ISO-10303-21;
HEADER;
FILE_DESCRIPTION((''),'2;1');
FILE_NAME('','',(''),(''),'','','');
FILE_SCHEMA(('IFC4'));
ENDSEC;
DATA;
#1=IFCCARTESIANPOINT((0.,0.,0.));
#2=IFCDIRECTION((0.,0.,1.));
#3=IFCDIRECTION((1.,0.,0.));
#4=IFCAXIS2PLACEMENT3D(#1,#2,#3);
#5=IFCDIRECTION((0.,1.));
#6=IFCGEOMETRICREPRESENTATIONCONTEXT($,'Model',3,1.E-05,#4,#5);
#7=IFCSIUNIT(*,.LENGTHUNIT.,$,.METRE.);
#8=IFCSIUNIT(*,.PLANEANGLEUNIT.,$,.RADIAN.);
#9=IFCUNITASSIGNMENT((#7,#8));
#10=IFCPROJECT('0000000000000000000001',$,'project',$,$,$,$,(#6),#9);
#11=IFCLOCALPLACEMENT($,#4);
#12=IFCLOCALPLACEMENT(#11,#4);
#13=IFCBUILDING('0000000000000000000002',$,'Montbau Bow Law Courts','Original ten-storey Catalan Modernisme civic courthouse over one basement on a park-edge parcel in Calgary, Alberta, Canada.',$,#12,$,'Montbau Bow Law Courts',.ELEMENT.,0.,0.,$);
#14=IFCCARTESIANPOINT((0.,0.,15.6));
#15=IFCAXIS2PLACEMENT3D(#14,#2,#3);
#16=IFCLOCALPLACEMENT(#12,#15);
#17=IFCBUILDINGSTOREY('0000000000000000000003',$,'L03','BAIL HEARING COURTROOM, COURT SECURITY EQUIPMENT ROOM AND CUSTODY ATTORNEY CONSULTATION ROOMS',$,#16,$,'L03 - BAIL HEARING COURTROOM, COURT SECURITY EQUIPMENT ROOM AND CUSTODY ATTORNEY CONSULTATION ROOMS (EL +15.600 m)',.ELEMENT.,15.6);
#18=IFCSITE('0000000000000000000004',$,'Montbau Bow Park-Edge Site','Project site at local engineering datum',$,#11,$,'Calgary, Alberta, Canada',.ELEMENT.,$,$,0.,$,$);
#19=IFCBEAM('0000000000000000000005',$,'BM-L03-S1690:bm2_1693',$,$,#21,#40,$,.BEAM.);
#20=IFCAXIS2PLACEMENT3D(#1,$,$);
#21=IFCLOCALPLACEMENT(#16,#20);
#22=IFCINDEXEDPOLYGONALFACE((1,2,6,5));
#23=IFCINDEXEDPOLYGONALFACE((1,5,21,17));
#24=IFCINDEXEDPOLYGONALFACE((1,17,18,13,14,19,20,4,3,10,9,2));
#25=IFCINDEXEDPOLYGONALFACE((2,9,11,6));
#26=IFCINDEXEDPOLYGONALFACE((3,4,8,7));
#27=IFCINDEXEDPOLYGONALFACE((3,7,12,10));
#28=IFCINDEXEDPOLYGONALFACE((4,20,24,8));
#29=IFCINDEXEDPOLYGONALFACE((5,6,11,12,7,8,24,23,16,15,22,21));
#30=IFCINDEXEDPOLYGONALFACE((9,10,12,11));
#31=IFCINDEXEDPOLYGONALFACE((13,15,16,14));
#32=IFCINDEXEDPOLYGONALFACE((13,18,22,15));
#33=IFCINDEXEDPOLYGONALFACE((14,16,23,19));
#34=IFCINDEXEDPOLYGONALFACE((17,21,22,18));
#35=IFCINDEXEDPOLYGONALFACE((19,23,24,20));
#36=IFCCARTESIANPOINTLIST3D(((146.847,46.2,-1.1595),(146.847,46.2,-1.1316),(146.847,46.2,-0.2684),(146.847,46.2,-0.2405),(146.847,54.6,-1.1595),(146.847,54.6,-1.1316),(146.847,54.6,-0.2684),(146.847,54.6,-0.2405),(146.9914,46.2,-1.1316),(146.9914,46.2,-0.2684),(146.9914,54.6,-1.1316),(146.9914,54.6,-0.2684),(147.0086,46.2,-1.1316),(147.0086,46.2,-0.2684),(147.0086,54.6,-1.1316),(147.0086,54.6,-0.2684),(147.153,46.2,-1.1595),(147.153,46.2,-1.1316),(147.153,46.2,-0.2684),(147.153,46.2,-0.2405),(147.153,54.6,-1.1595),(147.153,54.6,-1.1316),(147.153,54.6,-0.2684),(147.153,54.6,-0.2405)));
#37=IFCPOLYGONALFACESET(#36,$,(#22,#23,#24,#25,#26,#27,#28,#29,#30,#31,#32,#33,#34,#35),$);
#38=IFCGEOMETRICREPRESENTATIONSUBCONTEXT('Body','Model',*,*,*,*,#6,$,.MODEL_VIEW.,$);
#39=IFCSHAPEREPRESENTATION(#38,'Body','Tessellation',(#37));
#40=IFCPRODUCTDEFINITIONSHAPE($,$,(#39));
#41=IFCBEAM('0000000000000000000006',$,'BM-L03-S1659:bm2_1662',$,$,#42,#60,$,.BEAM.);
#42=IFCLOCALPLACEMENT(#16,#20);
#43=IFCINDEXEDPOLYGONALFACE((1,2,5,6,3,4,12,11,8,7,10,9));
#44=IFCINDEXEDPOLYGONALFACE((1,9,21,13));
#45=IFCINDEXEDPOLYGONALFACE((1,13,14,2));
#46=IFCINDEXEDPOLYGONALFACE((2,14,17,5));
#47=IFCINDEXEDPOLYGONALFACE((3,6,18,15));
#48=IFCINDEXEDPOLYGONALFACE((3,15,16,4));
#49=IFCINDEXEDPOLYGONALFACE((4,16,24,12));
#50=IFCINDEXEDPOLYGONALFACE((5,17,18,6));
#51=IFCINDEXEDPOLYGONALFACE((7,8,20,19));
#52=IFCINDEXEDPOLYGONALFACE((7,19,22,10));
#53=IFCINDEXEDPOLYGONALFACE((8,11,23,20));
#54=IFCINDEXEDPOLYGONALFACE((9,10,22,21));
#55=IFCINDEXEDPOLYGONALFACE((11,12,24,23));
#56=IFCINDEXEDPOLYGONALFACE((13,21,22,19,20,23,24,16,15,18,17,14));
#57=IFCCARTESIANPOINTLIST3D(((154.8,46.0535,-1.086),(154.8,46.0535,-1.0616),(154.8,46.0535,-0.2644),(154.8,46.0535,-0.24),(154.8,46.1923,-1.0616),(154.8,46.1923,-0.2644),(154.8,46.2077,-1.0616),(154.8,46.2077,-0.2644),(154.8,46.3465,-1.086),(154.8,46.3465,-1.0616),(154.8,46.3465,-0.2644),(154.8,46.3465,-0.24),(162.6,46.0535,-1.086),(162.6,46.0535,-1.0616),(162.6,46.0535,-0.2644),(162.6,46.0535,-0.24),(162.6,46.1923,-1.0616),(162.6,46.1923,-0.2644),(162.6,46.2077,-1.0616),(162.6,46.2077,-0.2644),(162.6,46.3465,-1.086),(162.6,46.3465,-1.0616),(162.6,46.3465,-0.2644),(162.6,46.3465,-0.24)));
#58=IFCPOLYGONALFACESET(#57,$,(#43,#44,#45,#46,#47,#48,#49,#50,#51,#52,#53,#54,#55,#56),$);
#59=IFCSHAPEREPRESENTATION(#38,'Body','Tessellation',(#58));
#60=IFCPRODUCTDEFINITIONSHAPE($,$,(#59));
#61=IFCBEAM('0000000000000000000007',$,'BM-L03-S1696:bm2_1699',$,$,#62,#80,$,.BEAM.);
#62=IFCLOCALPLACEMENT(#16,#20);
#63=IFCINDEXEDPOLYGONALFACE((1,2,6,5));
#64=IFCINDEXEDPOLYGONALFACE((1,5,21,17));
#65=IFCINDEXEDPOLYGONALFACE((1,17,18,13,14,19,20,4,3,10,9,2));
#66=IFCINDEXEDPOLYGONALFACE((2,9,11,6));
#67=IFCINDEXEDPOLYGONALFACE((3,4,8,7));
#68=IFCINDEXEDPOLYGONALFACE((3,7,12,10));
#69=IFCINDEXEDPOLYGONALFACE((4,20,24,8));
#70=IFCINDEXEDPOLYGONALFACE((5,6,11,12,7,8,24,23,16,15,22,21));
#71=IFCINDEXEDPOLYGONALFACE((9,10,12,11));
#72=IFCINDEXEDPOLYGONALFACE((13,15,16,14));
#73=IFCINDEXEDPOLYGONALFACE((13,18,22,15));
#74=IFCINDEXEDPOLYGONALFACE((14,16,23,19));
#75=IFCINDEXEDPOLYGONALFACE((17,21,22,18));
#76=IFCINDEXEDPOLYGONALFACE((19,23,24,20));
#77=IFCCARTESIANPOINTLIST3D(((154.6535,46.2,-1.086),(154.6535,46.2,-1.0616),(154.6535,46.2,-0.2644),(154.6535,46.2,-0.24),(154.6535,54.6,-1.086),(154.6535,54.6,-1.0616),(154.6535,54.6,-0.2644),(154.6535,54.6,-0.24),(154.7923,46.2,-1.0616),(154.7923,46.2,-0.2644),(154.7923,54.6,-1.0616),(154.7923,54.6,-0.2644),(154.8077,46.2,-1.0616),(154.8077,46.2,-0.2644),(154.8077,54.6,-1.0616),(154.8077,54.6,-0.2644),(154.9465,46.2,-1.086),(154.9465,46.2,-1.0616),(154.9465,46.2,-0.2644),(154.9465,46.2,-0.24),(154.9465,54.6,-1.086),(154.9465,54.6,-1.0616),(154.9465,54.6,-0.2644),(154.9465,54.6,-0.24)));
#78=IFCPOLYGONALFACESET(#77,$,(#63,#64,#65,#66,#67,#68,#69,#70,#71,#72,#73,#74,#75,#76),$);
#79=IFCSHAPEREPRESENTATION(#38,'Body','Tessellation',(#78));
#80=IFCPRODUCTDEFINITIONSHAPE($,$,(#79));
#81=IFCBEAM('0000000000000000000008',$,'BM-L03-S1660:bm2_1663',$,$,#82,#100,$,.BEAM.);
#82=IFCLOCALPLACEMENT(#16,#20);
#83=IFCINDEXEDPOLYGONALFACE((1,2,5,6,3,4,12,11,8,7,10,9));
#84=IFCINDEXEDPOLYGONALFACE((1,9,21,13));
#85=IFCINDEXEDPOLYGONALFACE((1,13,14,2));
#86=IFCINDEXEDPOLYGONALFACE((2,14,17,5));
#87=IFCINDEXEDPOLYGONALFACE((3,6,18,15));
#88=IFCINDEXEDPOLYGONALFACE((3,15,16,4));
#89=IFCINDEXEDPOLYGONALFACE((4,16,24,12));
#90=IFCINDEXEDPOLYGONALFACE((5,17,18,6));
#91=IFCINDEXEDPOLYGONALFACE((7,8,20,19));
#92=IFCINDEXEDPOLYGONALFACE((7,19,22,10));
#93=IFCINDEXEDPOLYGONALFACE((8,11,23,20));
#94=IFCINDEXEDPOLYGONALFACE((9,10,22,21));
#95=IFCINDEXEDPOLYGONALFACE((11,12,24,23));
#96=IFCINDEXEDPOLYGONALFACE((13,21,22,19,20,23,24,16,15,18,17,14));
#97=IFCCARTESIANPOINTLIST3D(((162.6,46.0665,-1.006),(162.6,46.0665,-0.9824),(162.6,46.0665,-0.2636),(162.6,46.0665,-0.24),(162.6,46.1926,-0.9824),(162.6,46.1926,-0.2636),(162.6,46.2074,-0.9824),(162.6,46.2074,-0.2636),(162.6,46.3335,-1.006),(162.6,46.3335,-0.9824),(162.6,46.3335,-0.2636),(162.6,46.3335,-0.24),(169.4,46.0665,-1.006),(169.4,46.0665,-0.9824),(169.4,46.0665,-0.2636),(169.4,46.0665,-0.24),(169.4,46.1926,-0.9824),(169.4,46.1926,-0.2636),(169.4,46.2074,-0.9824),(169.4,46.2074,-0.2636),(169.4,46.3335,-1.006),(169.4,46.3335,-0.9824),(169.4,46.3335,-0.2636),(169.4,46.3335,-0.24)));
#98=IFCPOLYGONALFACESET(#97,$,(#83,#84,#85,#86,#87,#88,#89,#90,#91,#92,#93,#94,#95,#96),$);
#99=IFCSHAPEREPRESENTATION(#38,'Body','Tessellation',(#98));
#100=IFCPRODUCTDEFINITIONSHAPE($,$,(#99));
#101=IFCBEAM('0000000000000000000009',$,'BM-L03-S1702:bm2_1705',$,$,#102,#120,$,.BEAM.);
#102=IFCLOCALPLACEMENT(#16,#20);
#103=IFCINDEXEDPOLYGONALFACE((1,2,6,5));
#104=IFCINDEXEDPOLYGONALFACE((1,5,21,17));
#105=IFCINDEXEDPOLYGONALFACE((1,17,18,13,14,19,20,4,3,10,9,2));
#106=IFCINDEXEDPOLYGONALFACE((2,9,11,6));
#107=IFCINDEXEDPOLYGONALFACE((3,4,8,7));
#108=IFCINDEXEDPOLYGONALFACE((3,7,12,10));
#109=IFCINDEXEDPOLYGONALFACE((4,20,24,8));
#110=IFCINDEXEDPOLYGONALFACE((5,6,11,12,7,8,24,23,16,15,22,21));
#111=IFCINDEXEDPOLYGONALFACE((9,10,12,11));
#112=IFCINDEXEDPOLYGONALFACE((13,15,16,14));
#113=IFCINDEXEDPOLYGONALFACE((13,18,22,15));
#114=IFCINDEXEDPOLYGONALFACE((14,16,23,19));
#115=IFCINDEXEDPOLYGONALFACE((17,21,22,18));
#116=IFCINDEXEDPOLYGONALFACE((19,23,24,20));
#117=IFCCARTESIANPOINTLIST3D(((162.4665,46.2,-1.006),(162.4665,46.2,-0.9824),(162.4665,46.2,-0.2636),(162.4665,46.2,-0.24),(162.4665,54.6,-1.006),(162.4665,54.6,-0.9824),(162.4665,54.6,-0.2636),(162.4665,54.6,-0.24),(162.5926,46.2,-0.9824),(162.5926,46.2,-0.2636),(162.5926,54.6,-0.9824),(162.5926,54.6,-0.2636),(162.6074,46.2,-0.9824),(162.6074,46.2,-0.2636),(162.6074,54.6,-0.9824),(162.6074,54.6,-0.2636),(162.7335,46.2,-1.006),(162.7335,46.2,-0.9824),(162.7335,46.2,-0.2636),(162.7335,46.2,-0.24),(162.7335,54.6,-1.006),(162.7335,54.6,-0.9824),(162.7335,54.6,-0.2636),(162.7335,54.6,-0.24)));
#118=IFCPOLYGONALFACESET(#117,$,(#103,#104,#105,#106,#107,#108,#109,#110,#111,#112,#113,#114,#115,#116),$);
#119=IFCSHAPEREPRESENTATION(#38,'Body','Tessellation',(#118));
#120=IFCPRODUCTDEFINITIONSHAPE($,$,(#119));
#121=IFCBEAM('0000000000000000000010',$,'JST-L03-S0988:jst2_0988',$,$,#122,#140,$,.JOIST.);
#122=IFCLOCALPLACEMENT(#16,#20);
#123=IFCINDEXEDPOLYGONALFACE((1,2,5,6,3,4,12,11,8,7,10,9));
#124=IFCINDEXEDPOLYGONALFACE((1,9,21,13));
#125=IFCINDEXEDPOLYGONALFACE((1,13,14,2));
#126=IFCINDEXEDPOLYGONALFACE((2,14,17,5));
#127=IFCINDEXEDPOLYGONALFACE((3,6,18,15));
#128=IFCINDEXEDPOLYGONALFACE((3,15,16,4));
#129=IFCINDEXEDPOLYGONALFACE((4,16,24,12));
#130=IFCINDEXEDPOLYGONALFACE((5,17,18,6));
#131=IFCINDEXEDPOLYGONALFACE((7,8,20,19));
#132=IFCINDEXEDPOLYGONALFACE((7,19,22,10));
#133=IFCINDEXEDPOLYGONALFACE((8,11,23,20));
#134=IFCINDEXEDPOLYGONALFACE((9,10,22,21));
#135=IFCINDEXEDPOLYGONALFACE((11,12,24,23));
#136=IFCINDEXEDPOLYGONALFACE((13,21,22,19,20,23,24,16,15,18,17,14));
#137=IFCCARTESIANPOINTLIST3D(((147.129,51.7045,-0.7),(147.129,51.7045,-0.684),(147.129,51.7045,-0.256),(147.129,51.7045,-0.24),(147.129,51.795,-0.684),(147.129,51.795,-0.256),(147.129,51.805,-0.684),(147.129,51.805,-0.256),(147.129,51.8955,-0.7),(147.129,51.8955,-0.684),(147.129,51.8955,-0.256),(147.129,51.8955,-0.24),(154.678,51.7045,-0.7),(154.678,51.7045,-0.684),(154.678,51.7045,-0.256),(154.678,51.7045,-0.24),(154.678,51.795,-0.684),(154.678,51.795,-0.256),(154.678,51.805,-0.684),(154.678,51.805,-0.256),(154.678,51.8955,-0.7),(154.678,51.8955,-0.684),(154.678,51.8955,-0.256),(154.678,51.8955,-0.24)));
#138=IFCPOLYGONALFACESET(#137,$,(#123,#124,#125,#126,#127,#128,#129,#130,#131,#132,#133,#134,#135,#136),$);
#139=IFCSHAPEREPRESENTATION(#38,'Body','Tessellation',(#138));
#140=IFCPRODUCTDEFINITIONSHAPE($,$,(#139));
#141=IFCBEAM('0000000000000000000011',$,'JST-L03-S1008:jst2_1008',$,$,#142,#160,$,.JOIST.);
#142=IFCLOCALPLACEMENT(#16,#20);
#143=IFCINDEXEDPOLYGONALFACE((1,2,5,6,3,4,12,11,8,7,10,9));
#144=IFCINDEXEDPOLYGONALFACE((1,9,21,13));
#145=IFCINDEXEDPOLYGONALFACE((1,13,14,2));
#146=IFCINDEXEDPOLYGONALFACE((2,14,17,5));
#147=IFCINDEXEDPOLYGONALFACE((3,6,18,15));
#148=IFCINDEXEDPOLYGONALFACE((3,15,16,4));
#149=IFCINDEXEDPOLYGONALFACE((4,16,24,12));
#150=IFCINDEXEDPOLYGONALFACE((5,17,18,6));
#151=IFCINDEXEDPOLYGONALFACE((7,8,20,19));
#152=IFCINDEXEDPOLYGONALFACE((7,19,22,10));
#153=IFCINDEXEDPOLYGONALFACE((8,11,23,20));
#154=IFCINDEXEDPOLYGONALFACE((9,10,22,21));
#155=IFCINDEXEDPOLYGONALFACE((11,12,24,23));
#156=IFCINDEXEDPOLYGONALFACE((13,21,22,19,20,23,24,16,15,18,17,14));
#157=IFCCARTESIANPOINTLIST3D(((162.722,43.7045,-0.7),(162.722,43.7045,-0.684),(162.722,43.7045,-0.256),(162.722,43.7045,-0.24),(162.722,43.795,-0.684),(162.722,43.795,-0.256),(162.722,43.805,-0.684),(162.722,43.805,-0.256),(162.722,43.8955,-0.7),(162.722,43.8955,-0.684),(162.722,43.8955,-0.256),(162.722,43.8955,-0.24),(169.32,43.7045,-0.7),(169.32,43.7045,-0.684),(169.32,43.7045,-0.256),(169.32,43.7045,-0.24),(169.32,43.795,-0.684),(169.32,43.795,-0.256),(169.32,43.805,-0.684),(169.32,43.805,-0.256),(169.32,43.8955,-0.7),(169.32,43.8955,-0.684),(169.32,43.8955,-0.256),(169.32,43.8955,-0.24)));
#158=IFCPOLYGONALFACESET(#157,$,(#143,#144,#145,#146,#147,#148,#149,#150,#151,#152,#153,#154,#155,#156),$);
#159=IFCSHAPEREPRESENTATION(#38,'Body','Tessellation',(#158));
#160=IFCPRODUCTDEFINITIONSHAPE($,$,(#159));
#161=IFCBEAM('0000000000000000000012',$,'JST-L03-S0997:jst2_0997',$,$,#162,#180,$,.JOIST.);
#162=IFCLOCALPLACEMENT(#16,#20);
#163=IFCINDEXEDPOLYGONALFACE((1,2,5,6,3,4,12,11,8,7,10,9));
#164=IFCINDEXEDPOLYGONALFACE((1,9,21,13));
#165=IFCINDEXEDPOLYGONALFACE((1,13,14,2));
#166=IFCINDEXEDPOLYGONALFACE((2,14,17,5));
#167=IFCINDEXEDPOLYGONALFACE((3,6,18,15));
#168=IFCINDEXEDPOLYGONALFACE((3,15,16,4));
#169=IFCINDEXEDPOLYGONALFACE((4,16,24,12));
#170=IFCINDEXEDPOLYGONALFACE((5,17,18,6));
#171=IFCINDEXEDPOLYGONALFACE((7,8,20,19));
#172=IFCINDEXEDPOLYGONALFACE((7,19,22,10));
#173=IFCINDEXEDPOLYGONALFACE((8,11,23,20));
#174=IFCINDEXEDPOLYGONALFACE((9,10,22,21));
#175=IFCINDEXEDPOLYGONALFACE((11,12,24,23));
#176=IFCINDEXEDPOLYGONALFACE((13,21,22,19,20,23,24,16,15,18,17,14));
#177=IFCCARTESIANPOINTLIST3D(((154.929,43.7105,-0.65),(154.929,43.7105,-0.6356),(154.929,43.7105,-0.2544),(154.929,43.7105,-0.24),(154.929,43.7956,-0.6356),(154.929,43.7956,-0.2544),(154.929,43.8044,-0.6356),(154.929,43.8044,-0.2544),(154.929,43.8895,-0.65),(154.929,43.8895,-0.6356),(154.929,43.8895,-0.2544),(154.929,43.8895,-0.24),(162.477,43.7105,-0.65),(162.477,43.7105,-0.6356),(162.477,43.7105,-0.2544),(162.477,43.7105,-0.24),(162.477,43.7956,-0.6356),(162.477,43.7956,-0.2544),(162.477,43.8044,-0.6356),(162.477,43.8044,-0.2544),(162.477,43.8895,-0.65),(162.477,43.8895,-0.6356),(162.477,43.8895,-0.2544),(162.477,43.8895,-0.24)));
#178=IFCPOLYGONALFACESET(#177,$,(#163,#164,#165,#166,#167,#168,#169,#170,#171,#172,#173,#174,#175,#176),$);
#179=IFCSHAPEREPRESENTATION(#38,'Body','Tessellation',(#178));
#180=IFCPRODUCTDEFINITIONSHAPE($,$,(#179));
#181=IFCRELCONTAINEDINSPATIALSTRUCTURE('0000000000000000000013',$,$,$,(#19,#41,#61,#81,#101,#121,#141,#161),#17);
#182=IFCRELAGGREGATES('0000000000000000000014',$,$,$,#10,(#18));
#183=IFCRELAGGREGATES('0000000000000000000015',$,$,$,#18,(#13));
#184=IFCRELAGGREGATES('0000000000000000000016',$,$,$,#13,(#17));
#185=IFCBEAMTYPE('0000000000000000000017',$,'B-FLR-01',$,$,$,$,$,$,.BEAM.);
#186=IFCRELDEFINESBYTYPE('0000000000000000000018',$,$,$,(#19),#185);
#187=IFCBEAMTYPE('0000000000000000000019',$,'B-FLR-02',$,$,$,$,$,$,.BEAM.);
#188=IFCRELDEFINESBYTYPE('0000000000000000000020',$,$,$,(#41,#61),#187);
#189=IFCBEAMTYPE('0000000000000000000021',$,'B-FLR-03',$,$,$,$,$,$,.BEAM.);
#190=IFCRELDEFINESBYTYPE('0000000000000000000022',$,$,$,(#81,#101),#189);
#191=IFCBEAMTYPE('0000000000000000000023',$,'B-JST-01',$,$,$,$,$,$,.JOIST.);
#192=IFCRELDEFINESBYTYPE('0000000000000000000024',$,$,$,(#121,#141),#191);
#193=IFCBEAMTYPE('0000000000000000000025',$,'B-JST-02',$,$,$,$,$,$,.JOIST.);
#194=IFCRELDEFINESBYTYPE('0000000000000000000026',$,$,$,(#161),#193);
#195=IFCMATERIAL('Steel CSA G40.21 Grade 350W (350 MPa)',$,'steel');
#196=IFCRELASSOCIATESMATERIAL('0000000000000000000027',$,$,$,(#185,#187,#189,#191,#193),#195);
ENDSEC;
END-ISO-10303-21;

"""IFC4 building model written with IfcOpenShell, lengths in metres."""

from ifc_helpers import new_model, si_unit, direction, frame, origin_with_axes, origin_2d_with_axis, place, context, subcontext, project, spatial, i_section, extrude, material, material_profile, profile_set, type_object, element, save


model = new_model("IFC4")

# Units and contexts
model_context = context("Model", 3, precision=1e-05, world=origin_with_axes(), true_north=direction((0.0, 1.0)))
body_context = subcontext(model_context, "Body", "Model", "MODEL_VIEW")
ifc_project = project(units=[si_unit("LENGTHUNIT", "METRE"), si_unit("PLANEANGLEUNIT", "RADIAN")], contexts=[model_context])

# Site, building, storey
site_placement = place(None, origin_with_axes())
site = spatial("IfcSite", under=ifc_project, at=site_placement, Name="Montbau Bow Park-Edge Site", Description="Project site at local engineering datum", LongName="Calgary, Alberta, Canada", CompositionType="ELEMENT", RefElevation=0.0)
building_placement = place(site_placement, origin_with_axes())
building = spatial("IfcBuilding", under=site, at=building_placement, Name="Montbau Bow Law Courts", Description="Original ten-storey Catalan Modernisme civic courthouse over one basement on a park-edge parcel in Calgary, Alberta, Canada.", LongName="Montbau Bow Law Courts", CompositionType="ELEMENT", ElevationOfRefHeight=0.0, ElevationOfTerrain=0.0)
storey_placement = place(building_placement, frame((0.0, 0.0, 15.6), z_axis=(0.0, 0.0, 1.0), x_axis=(1.0, 0.0, 0.0)))
storey = spatial("IfcBuildingStorey", under=building, at=storey_placement, Name="L03", Description="BAIL HEARING COURTROOM, COURT SECURITY EQUIPMENT ROOM AND CUSTODY ATTORNEY CONSULTATION ROOMS", LongName="L03 - BAIL HEARING COURTROOM, COURT SECURITY EQUIPMENT ROOM AND CUSTODY ATTORNEY CONSULTATION ROOMS (EL +15.600 m)", CompositionType="ELEMENT", Elevation=15.6)

# Beams
ifc_material_1 = material(Name="Steel CSA G40.21 Grade 350W (350 MPa)", Category="steel")
ifc_material_profile_1 = material_profile(ifc_material_1, i_section(OverallWidth=0.306, OverallDepth=0.919, WebThickness=0.0173, FlangeThickness=0.0279, at=origin_2d_with_axis()), Name="W920X253", Category="Main", Priority=0)
ifc_profile_set_1 = profile_set([ifc_material_profile_1], Name="Steel CSA G40.21 Grade 350W (350 MPa)")
beam_type_1 = type_object("IfcBeamType", Name="B-FLR-01", PredefinedType="BEAM", material=ifc_profile_set_1)
beam_1_placement = place(None, frame((147.0, 46.2, 14.9), z_axis=(0.0, 1.0, 0.0), x_axis=(-1.0, 0.0, 0.0)))
element("IfcBeam", 1, at=beam_1_placement, inside=storey, type_object=beam_type_1, Name="BM-L03-S1690:bm2_1693", PredefinedType="BEAM", context=body_context, shape_type="SweptSolid", body=[
    extrude(i_section(OverallWidth=0.306, OverallDepth=0.919, WebThickness=0.0173, FlangeThickness=0.0279, at=origin_2d_with_axis()), origin_with_axes(), (0.0, 0.0, 1.0), 8.4),
])
ifc_material_profile_2 = material_profile(ifc_material_1, i_section(OverallWidth=0.293, OverallDepth=0.846, WebThickness=0.0154, FlangeThickness=0.0244, at=origin_2d_with_axis()), Name="W840X210", Category="Main", Priority=0)
ifc_profile_set_2 = profile_set([ifc_material_profile_2], Name="Steel CSA G40.21 Grade 350W (350 MPa)")
beam_type_2 = type_object("IfcBeamType", Name="B-FLR-02", PredefinedType="BEAM", material=ifc_profile_set_2)
beam_2_placement = place(None, frame((154.8, 46.2, 14.937), z_axis=(1.0, 0.0, 0.0), x_axis=(0.0, 1.0, 0.0)))
element("IfcBeam", 2, at=beam_2_placement, inside=storey, type_object=beam_type_2, Name="BM-L03-S1659:bm2_1662", PredefinedType="BEAM", context=body_context, shape_type="SweptSolid", body=[
    extrude(i_section(OverallWidth=0.293, OverallDepth=0.846, WebThickness=0.0154, FlangeThickness=0.0244, at=origin_2d_with_axis()), origin_with_axes(), (0.0, 0.0, 1.0), 7.8),
])
beam_3_placement = place(None, frame((154.8, 46.2, 14.937), z_axis=(0.0, 1.0, 0.0), x_axis=(-1.0, 0.0, 0.0)))
element("IfcBeam", 3, at=beam_3_placement, inside=storey, type_object=beam_type_2, Name="BM-L03-S1696:bm2_1699", PredefinedType="BEAM", context=body_context, shape_type="SweptSolid", body=[
    extrude(i_section(OverallWidth=0.293, OverallDepth=0.846, WebThickness=0.0154, FlangeThickness=0.0244, at=origin_2d_with_axis()), origin_with_axes(), (0.0, 0.0, 1.0), 8.4),
])
ifc_material_profile_3 = material_profile(ifc_material_1, i_section(OverallWidth=0.267, OverallDepth=0.766, WebThickness=0.0149, FlangeThickness=0.0236, at=origin_2d_with_axis()), Name="W760X185", Category="Main", Priority=0)
ifc_profile_set_3 = profile_set([ifc_material_profile_3], Name="Steel CSA G40.21 Grade 350W (350 MPa)")
beam_type_3 = type_object("IfcBeamType", Name="B-FLR-03", PredefinedType="BEAM", material=ifc_profile_set_3)
beam_4_placement = place(None, frame((162.6, 46.2, 14.977), z_axis=(1.0, 0.0, 0.0), x_axis=(0.0, 1.0, 0.0)))
element("IfcBeam", 4, at=beam_4_placement, inside=storey, type_object=beam_type_3, Name="BM-L03-S1660:bm2_1663", PredefinedType="BEAM", context=body_context, shape_type="SweptSolid", body=[
    extrude(i_section(OverallWidth=0.267, OverallDepth=0.766, WebThickness=0.0149, FlangeThickness=0.0236, at=origin_2d_with_axis()), origin_with_axes(), (0.0, 0.0, 1.0), 6.8),
])
beam_5_placement = place(None, frame((162.6, 46.2, 14.977), z_axis=(0.0, 1.0, 0.0), x_axis=(-1.0, 0.0, 0.0)))
element("IfcBeam", 5, at=beam_5_placement, inside=storey, type_object=beam_type_3, Name="BM-L03-S1702:bm2_1705", PredefinedType="BEAM", context=body_context, shape_type="SweptSolid", body=[
    extrude(i_section(OverallWidth=0.267, OverallDepth=0.766, WebThickness=0.0149, FlangeThickness=0.0236, at=origin_2d_with_axis()), origin_with_axes(), (0.0, 0.0, 1.0), 8.4),
])
ifc_material_profile_4 = material_profile(ifc_material_1, i_section(OverallWidth=0.191, OverallDepth=0.46, WebThickness=0.0099, FlangeThickness=0.016, at=origin_2d_with_axis()), Name="W460X82", Category="Main", Priority=0)
ifc_profile_set_4 = profile_set([ifc_material_profile_4], Name="Steel CSA G40.21 Grade 350W (350 MPa)")
beam_type_4 = type_object("IfcBeamType", Name="B-JST-01", PredefinedType="JOIST", material=ifc_profile_set_4)
beam_6_placement = place(None, frame((147.129, 51.8, 15.13), z_axis=(1.0, 0.0, 0.0), x_axis=(0.0, 1.0, 0.0)))
element("IfcBeam", 6, at=beam_6_placement, inside=storey, type_object=beam_type_4, Name="JST-L03-S0988:jst2_0988", PredefinedType="JOIST", context=body_context, shape_type="SweptSolid", body=[
    extrude(i_section(OverallWidth=0.191, OverallDepth=0.46, WebThickness=0.0099, FlangeThickness=0.016, at=origin_2d_with_axis()), origin_with_axes(), (0.0, 0.0, 1.0), 7.549),
])
beam_7_placement = place(None, frame((162.722, 43.8, 15.13), z_axis=(1.0, 0.0, 0.0), x_axis=(0.0, 1.0, 0.0)))
element("IfcBeam", 7, at=beam_7_placement, inside=storey, type_object=beam_type_4, Name="JST-L03-S1008:jst2_1008", PredefinedType="JOIST", context=body_context, shape_type="SweptSolid", body=[
    extrude(i_section(OverallWidth=0.191, OverallDepth=0.46, WebThickness=0.0099, FlangeThickness=0.016, at=origin_2d_with_axis()), origin_with_axes(), (0.0, 0.0, 1.0), 6.598),
])
ifc_material_profile_5 = material_profile(ifc_material_1, i_section(OverallWidth=0.179, OverallDepth=0.41, WebThickness=0.0088, FlangeThickness=0.0144, at=origin_2d_with_axis()), Name="W410X67", Category="Main", Priority=0)
ifc_profile_set_5 = profile_set([ifc_material_profile_5], Name="Steel CSA G40.21 Grade 350W (350 MPa)")
beam_type_5 = type_object("IfcBeamType", Name="B-JST-02", PredefinedType="JOIST", material=ifc_profile_set_5)
beam_8_placement = place(None, frame((154.929, 43.8, 15.155), z_axis=(1.0, 0.0, 0.0), x_axis=(0.0, 1.0, 0.0)))
element("IfcBeam", 8, at=beam_8_placement, inside=storey, type_object=beam_type_5, Name="JST-L03-S0997:jst2_0997", PredefinedType="JOIST", context=body_context, shape_type="SweptSolid", body=[
    extrude(i_section(OverallWidth=0.179, OverallDepth=0.41, WebThickness=0.0088, FlangeThickness=0.0144, at=origin_2d_with_axis()), origin_with_axes(), (0.0, 0.0, 1.0), 7.548),
])

save(model, "model.ifc")
